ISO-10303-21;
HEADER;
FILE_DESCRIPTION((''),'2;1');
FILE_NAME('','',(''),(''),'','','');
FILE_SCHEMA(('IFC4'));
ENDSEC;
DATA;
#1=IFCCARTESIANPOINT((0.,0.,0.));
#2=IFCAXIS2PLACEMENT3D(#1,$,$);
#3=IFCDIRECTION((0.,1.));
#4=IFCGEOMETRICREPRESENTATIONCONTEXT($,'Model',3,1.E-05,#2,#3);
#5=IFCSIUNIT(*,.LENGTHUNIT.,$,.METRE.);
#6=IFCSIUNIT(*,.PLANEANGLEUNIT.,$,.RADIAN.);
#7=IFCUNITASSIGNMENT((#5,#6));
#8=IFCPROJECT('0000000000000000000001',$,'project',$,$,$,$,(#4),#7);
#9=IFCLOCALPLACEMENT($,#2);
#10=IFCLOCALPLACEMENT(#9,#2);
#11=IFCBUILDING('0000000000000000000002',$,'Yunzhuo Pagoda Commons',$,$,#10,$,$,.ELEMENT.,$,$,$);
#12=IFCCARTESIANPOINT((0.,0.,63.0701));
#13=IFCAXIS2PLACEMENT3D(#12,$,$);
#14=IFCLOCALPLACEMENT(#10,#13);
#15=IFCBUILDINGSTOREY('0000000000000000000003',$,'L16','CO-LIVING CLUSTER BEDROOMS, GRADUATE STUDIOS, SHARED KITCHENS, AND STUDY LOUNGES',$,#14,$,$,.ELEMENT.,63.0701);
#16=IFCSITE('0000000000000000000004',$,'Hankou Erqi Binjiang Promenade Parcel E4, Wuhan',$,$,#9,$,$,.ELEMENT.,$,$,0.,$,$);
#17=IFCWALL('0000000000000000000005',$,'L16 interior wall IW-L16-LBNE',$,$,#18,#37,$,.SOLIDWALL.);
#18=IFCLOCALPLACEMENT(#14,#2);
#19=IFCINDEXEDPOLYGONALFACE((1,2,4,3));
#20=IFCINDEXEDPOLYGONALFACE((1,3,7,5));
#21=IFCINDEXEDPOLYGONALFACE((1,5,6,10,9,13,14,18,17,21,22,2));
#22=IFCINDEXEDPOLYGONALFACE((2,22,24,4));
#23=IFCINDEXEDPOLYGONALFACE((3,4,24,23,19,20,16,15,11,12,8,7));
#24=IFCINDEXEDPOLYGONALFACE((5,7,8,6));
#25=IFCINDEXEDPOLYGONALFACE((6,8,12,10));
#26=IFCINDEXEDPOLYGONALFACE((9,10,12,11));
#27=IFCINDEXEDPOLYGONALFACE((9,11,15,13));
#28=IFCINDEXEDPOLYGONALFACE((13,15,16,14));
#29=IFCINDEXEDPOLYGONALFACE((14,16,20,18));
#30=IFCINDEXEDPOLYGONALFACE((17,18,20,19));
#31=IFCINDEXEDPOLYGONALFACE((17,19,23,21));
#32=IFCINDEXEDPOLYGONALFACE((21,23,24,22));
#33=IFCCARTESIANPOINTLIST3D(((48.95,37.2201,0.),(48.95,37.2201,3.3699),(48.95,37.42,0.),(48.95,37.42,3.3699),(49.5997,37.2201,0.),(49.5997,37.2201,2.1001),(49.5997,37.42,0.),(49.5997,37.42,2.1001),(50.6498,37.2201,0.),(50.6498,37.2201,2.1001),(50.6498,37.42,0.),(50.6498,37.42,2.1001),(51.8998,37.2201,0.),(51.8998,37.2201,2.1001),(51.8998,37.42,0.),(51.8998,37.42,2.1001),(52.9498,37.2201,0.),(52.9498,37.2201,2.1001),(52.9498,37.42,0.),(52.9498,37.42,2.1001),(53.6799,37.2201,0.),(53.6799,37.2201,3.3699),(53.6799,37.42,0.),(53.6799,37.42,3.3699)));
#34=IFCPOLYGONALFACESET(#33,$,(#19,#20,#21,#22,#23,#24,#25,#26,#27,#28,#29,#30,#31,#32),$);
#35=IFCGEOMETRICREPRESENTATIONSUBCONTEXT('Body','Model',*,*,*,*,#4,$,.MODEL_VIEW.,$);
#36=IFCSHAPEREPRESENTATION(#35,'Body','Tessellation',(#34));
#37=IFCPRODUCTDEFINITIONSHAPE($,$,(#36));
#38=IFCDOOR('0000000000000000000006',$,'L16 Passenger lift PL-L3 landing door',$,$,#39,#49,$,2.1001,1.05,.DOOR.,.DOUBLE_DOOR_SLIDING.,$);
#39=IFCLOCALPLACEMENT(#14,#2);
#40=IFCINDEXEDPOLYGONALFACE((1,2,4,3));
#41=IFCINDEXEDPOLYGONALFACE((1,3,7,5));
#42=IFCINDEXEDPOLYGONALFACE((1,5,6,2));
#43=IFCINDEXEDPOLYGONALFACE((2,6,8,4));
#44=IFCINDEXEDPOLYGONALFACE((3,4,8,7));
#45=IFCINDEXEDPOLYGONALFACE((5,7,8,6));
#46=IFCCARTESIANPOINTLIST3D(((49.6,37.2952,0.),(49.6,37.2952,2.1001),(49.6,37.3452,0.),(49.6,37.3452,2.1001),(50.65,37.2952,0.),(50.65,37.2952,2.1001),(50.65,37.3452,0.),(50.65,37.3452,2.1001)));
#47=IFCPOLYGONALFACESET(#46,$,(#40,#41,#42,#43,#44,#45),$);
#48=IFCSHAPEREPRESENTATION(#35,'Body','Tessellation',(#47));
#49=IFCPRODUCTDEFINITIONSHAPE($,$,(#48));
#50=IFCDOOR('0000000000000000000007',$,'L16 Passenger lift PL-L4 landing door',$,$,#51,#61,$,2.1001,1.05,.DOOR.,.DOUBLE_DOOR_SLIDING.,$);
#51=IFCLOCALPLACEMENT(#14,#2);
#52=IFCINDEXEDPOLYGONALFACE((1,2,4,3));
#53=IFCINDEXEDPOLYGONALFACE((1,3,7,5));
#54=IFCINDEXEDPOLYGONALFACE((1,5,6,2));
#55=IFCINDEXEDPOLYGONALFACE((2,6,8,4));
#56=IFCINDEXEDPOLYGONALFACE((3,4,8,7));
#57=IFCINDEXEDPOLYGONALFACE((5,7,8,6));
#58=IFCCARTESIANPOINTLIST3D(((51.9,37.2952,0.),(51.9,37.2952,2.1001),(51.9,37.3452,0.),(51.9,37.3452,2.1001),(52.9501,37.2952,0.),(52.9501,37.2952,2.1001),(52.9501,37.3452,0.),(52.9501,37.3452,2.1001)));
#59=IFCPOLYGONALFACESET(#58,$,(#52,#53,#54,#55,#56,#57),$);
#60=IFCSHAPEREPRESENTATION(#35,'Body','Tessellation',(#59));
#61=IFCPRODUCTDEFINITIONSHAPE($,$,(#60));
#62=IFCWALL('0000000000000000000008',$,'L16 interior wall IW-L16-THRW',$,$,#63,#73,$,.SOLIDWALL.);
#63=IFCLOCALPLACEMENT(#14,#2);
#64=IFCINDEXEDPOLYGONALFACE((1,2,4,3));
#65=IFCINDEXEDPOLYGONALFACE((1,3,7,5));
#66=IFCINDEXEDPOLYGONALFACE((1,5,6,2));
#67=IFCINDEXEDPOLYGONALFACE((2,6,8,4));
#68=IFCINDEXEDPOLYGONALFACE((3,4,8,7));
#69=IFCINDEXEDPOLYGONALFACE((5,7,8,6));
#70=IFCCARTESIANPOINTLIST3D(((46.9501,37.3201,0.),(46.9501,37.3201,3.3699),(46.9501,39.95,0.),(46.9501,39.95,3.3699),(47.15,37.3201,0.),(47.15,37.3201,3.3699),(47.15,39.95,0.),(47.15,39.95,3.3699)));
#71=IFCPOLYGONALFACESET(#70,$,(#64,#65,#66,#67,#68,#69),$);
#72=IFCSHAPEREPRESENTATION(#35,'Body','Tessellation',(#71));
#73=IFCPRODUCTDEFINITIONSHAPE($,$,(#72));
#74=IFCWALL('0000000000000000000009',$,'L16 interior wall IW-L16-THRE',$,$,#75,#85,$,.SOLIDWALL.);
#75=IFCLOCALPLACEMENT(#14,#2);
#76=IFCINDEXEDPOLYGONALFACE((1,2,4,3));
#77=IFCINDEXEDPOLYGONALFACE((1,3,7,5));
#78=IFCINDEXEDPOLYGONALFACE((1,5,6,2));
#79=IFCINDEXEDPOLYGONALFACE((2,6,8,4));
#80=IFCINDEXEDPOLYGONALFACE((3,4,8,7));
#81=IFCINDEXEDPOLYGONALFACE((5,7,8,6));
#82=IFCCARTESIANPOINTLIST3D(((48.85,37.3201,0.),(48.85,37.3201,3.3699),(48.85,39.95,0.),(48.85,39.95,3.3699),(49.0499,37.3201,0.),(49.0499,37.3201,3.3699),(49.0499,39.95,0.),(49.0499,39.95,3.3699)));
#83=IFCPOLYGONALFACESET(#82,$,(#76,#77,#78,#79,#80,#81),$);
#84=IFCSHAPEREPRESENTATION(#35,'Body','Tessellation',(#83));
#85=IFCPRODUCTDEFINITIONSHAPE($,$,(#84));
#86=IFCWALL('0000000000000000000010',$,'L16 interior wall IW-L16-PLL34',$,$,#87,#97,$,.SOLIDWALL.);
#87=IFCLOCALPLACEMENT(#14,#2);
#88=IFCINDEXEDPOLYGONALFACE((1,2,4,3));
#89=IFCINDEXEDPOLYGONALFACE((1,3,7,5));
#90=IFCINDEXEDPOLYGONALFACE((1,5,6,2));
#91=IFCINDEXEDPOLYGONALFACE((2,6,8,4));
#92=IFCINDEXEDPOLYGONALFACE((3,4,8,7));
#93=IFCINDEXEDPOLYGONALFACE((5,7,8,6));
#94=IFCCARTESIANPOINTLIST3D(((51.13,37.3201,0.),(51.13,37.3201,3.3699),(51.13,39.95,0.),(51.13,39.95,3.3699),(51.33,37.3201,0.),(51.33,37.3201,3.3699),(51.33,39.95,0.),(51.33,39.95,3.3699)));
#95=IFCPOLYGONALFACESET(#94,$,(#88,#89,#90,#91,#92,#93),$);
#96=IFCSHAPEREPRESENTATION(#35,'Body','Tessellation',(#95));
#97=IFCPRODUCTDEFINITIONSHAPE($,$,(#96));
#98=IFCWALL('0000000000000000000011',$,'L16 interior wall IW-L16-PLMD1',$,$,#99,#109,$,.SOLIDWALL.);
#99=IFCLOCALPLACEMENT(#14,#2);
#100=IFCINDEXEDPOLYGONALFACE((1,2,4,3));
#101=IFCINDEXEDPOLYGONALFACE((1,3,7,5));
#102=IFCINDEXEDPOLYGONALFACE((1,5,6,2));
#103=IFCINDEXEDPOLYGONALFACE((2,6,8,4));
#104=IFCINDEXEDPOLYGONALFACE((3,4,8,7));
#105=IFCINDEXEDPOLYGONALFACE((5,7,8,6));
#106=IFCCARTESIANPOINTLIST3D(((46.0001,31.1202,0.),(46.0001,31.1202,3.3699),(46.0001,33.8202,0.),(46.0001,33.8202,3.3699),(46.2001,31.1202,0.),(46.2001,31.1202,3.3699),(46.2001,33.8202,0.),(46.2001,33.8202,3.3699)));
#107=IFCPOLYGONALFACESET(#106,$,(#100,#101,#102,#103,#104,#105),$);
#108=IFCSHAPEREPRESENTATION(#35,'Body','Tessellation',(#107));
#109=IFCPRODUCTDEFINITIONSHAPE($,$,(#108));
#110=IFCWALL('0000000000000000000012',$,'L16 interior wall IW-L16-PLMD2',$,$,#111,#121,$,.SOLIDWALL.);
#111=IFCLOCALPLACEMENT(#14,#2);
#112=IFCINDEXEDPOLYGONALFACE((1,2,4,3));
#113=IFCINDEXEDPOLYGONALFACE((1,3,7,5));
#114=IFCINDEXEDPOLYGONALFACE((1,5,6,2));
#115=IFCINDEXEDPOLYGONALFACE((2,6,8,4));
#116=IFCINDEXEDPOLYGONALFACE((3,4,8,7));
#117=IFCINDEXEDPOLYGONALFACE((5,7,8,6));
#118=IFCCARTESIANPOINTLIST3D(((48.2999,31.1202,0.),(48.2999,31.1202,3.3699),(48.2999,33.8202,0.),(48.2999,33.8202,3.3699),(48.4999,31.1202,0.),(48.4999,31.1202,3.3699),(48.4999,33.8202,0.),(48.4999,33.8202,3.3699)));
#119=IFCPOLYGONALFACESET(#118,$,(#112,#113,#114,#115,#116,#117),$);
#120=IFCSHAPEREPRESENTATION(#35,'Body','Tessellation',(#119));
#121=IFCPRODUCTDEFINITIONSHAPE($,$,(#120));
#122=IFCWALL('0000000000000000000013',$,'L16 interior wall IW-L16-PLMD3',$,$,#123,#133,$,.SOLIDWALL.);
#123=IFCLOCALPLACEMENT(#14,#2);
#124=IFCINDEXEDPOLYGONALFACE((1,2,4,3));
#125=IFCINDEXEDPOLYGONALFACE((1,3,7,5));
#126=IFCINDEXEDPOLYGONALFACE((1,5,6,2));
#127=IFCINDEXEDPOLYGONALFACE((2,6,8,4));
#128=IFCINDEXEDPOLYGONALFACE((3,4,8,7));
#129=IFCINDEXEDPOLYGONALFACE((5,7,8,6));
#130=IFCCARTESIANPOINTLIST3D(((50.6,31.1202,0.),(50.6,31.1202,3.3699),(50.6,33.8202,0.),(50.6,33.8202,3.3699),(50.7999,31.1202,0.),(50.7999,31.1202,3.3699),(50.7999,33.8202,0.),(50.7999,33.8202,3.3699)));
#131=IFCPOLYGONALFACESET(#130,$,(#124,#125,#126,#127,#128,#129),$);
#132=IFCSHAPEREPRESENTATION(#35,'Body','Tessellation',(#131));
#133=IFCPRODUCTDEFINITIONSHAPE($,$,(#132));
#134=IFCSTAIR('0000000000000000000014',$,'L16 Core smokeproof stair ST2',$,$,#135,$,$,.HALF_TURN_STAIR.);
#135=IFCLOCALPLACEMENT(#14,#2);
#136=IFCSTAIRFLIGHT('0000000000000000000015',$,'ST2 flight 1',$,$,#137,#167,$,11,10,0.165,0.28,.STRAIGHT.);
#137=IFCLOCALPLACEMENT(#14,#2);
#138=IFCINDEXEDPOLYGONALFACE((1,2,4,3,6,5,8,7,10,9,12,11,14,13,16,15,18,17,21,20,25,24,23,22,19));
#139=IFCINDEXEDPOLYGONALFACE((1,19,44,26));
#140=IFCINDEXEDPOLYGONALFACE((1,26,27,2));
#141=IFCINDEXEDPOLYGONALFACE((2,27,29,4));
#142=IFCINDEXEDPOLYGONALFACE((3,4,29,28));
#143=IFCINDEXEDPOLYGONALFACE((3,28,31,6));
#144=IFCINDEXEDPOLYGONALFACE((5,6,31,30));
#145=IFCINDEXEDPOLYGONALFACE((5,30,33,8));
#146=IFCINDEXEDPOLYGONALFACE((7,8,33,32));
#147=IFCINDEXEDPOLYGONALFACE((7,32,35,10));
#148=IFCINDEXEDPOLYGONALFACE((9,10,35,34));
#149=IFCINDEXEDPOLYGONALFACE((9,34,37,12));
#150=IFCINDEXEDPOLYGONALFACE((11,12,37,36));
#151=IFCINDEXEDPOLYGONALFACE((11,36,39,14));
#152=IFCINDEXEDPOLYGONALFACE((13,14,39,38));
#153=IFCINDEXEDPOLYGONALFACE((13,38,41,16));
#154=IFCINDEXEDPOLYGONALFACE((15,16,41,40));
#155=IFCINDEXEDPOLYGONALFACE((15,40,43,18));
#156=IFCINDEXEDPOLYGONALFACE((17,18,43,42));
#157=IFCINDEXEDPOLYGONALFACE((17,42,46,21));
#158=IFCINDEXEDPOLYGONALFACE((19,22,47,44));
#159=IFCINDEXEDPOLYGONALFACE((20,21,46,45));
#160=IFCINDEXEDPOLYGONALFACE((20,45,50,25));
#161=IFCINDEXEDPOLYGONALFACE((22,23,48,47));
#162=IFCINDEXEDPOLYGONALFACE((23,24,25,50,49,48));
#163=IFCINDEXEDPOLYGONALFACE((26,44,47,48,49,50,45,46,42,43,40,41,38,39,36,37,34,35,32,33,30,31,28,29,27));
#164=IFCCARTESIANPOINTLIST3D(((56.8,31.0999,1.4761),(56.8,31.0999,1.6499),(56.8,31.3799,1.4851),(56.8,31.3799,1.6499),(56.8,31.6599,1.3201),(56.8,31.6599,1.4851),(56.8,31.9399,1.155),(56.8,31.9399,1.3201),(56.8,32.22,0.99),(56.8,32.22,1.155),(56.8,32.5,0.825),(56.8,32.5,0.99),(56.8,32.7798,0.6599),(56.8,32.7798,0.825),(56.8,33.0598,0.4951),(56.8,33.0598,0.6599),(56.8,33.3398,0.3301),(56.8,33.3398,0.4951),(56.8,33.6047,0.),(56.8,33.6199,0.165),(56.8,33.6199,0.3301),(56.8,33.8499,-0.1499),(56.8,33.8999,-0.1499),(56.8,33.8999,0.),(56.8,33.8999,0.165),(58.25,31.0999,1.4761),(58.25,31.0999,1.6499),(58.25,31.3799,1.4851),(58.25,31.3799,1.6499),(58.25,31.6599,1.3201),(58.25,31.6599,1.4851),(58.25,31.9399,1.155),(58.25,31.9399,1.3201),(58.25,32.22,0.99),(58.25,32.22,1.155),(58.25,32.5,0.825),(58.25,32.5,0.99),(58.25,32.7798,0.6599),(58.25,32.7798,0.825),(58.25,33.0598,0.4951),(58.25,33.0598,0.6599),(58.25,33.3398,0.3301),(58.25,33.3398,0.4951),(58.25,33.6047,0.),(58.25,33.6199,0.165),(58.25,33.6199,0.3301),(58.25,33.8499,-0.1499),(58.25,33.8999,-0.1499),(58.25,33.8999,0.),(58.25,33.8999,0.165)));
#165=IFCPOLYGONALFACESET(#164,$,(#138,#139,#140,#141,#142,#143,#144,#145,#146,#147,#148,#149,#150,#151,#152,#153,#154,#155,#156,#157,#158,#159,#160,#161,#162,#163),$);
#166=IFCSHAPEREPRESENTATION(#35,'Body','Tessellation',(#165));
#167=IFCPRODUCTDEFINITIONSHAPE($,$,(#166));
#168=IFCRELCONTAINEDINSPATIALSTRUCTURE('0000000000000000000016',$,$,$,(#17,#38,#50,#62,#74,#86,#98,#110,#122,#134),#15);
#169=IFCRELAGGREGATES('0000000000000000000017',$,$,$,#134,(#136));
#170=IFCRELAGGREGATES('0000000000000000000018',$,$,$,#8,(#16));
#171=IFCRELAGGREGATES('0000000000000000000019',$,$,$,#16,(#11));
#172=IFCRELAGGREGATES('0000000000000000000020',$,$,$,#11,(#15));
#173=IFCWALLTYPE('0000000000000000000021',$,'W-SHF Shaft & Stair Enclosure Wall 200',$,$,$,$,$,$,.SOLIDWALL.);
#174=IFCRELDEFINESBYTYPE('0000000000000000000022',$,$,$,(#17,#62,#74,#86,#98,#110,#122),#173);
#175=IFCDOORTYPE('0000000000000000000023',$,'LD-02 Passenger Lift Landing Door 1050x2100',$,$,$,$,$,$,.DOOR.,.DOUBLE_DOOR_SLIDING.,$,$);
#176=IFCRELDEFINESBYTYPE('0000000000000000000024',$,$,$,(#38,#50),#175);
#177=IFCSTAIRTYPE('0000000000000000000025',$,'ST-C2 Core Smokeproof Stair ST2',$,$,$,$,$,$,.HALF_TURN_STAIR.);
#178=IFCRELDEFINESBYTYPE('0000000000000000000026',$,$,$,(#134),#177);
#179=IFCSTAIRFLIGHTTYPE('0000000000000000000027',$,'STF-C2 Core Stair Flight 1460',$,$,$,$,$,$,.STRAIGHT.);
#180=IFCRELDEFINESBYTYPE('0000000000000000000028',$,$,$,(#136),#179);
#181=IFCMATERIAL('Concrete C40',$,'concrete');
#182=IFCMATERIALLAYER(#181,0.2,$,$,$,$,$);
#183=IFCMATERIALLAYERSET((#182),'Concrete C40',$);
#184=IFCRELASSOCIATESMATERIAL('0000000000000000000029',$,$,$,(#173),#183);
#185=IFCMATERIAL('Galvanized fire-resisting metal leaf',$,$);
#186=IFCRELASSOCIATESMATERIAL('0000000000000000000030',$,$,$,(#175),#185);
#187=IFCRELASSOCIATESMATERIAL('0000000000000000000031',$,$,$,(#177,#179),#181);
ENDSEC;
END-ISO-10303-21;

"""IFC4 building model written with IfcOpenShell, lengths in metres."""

from ifc_helpers import new_model, si_unit, direction, frame, frame_2d, origin, place, context, subcontext, project, spatial, polyline, rectangle, outline, extrude, source, transform, mapped, material, layer, layer_set, type_object, element, fill, aggregate, save


model = new_model("IFC4")

# Units and contexts
model_context = context("Model", 3, precision=1e-05, world=origin(), true_north=direction((0.0, 1.0)))
body_context = subcontext(model_context, "Body", "Model", "MODEL_VIEW")
ifc_project = project(units=[si_unit("LENGTHUNIT", "METRE"), si_unit("PLANEANGLEUNIT", "RADIAN")], contexts=[model_context])

# Site, building, storey
site_placement = place(None, origin())
site = spatial("IfcSite", under=ifc_project, at=site_placement, Name="Hankou Erqi Binjiang Promenade Parcel E4, Wuhan", CompositionType="ELEMENT", RefElevation=0.0)
building_placement = place(site_placement, origin())
building = spatial("IfcBuilding", under=site, at=building_placement, Name="Yunzhuo Pagoda Commons", CompositionType="ELEMENT")
storey_placement = place(building_placement, frame((0.0, 0.0, 63.0701)))
storey = spatial("IfcBuildingStorey", under=building, at=storey_placement, Name="L16", Description="CO-LIVING CLUSTER BEDROOMS, GRADUATE STUDIOS, SHARED KITCHENS, AND STUDY LOUNGES", CompositionType="ELEMENT", Elevation=63.0701)

# Shared definitions
ifc_material_1 = material(Name="Galvanized fire-resisting metal leaf")
shared_shape_1 = source(origin(), body_context, "Body", "SweptSolid", [
    extrude(rectangle(XDim=1.05, YDim=2.1001, at=frame_2d((0.5249, 1.05))), frame((0.0, 0.0249, 0.0), z_axis=(0.0, -1.0, 0.0), x_axis=(1.0, 0.0, 0.0)), (0.0, 0.0, 1.0), 0.05),
])

# Shared definitions
ifc_material_2 = material(Name="Concrete C40", Category="concrete")
ifc_layer_1 = layer(ifc_material_2, 0.2)
ifc_layer_set_1 = layer_set([ifc_layer_1], Name="Concrete C40")
wall_type_1 = type_object("IfcWallType", Name="W-SHF Shaft & Stair Enclosure Wall 200", PredefinedType="SOLIDWALL", material=ifc_layer_set_1)

# Wall, openings, doors
wall_1_placement = place(storey_placement, frame((48.95, 37.3201, 0.0), z_axis=(0.0, 0.0, 1.0), x_axis=(1.0, 0.0, 0.0)))
wall_1 = element("IfcWall", 1, at=wall_1_placement, inside=storey, type_object=wall_type_1, Name="L16 interior wall IW-L16-LBNE", PredefinedType="SOLIDWALL", context=body_context, shape_type="SweptSolid", body=[
    extrude(rectangle(XDim=4.73, YDim=0.2, at=frame_2d((2.365, 0.0))), origin(), (0.0, 0.0, 1.0), 3.3699),
])
opening_1_placement = place(wall_1_placement, frame((0.6499, 0.0, 0.0)))
opening_1 = element("IfcOpeningElement", 2, at=opening_1_placement, cuts=wall_1, PredefinedType="OPENING", context=body_context, shape_type="SweptSolid", body=[
    extrude(rectangle(XDim=1.05, YDim=2.1001, at=frame_2d((0.5249, 1.05))), frame((0.0, 0.1099, 0.0), z_axis=(0.0, -1.0, 0.0), x_axis=(1.0, 0.0, 0.0)), (0.0, 0.0, 1.0), 0.22),
])
opening_2_placement = place(wall_1_placement, frame((2.95, 0.0, 0.0)))
opening_2 = element("IfcOpeningElement", 3, at=opening_2_placement, cuts=wall_1, PredefinedType="OPENING", context=body_context, shape_type="SweptSolid", body=[
    extrude(rectangle(XDim=1.05, YDim=2.1001, at=frame_2d((0.5249, 1.05))), frame((0.0, 0.1099, 0.0), z_axis=(0.0, -1.0, 0.0), x_axis=(1.0, 0.0, 0.0)), (0.0, 0.0, 1.0), 0.22),
])
door_type_1 = type_object("IfcDoorType", Name="LD-02 Passenger Lift Landing Door 1050x2100", OperationType="DOUBLE_DOOR_SLIDING", PredefinedType="DOOR", material=ifc_material_1)
door_1_placement = place(opening_1_placement, frame((1.05, 0.0, 0.0), z_axis=(0.0, 0.0, 1.0), x_axis=(-1.0, 0.0, 0.0)))
door_1 = element("IfcDoor", 4, at=door_1_placement, inside=storey, type_object=door_type_1, Name="L16 Passenger lift PL-L3 landing door", OperationType="DOUBLE_DOOR_SLIDING", OverallHeight=2.1001, OverallWidth=1.05, PredefinedType="DOOR", context=body_context, shape_type="MappedRepresentation", body=[
    mapped(shared_shape_1, transform((0.0, 0.0, 0.0), scale=1.0)),
])
fill(opening_1, door_1)
door_2_placement = place(opening_2_placement, frame((1.05, 0.0, 0.0), z_axis=(0.0, 0.0, 1.0), x_axis=(-1.0, 0.0, 0.0)))
door_2 = element("IfcDoor", 5, at=door_2_placement, inside=storey, type_object=door_type_1, Name="L16 Passenger lift PL-L4 landing door", OperationType="DOUBLE_DOOR_SLIDING", OverallHeight=2.1001, OverallWidth=1.05, PredefinedType="DOOR", context=body_context, shape_type="MappedRepresentation", body=[
    mapped(shared_shape_1, transform((0.0, 0.0, 0.0), scale=1.0)),
])
fill(opening_2, door_2)

# Walls
for number, where, z_axis, x_axis, name in (
    (6, (47.05, 37.3201, 0.0), (0.0, 0.0, 1.0), (0.0, 1.0, 0.0), "L16 interior wall IW-L16-THRW"),
    (7, (48.95, 37.3201, 0.0), (0.0, 0.0, 1.0), (0.0, 1.0, 0.0), "L16 interior wall IW-L16-THRE"),
    (8, (51.23, 37.3201, 0.0), (0.0, 0.0, 1.0), (0.0, 1.0, 0.0), "L16 interior wall IW-L16-PLL34"),
):
    element("IfcWall", number, at=place(storey_placement, frame(where, z_axis=z_axis, x_axis=x_axis)), inside=storey, type_object=wall_type_1, Name=name, PredefinedType="SOLIDWALL", context=body_context, shape_type="SweptSolid", body=[
        extrude(rectangle(XDim=2.6299, YDim=0.2, at=frame_2d((1.3149, 0.0))), origin(), (0.0, 0.0, 1.0), 3.3699),
    ])
for number, where, z_axis, x_axis, name in (
    (9, (46.1001, 31.1201, 0.0), (0.0, 0.0, 1.0), (0.0, 1.0, 0.0), "L16 interior wall IW-L16-PLMD1"),
    (10, (48.3999, 31.1201, 0.0), (0.0, 0.0, 1.0), (0.0, 1.0, 0.0), "L16 interior wall IW-L16-PLMD2"),
    (11, (50.7, 31.1201, 0.0), (0.0, 0.0, 1.0), (0.0, 1.0, 0.0), "L16 interior wall IW-L16-PLMD3"),
):
    element("IfcWall", number, at=place(storey_placement, frame(where, z_axis=z_axis, x_axis=x_axis)), inside=storey, type_object=wall_type_1, Name=name, PredefinedType="SOLIDWALL", context=body_context, shape_type="SweptSolid", body=[
        extrude(rectangle(XDim=2.7, YDim=0.2, at=frame_2d((1.3501, 0.0))), origin(), (0.0, 0.0, 1.0), 3.3699),
    ])

# Stair, stair flight
stair_type = type_object("IfcStairType", Name="ST-C2 Core Smokeproof Stair ST2", PredefinedType="HALF_TURN_STAIR", material=ifc_material_2)
stair_placement = place(storey_placement, origin())
stair = element("IfcStair", 12, at=stair_placement, inside=storey, type_object=stair_type, Name="L16 Core smokeproof stair ST2", PredefinedType="HALF_TURN_STAIR")
stair_flight_type = type_object("IfcStairFlightType", Name="STF-C2 Core Stair Flight 1460", PredefinedType="STRAIGHT", material=ifc_material_2)
shared_shape_2 = source(origin(), body_context, "Body", "SweptSolid", [
    extrude(outline(polyline([(0.0, -0.1499), (0.0, 0.0), (0.0, 0.165), (0.28, 0.165), (0.28, 0.3301), (0.5601, 0.3301), (0.5601, 0.4951), (0.8401, 0.4951), (0.8401, 0.6599), (1.1201, 0.6599), (1.1201, 0.825), (1.3999, 0.825), (1.3999, 0.99), (1.6799, 0.99), (1.6799, 1.155), (1.96, 1.155), (1.96, 1.3201), (2.24, 1.3201), (2.24, 1.4851), (2.52, 1.4851), (2.52, 1.6499), (2.8, 1.6499), (2.8, 1.8149), (2.8, 1.4761), (0.2952, 0.0), (0.05, -0.1499), (0.0, -0.1499)])), frame((0.0, 0.7251, 0.0), z_axis=(0.0, -1.0, 0.0), x_axis=(1.0, 0.0, 0.0)), (0.0, 0.0, 1.0), 1.45),
])
stair_flight_1_placement = place(storey_placement, frame((57.5249, 33.8999, 0.0), z_axis=(0.0, 0.0, 1.0), x_axis=(0.0, -1.0, 0.0)))
stair_flight_1 = element("IfcStairFlight", 13, at=stair_flight_1_placement, type_object=stair_flight_type, Name="ST2 flight 1", NumberOfRisers=11, NumberOfTreads=10, PredefinedType="STRAIGHT", RiserHeight=0.165, TreadLength=0.28, context=body_context, shape_type="MappedRepresentation", body=[
    mapped(shared_shape_2, transform((0.0, 0.0, 0.0), scale=1.0)),
])
aggregate(stair, [stair_flight_1])

save(model, "model.ifc")
